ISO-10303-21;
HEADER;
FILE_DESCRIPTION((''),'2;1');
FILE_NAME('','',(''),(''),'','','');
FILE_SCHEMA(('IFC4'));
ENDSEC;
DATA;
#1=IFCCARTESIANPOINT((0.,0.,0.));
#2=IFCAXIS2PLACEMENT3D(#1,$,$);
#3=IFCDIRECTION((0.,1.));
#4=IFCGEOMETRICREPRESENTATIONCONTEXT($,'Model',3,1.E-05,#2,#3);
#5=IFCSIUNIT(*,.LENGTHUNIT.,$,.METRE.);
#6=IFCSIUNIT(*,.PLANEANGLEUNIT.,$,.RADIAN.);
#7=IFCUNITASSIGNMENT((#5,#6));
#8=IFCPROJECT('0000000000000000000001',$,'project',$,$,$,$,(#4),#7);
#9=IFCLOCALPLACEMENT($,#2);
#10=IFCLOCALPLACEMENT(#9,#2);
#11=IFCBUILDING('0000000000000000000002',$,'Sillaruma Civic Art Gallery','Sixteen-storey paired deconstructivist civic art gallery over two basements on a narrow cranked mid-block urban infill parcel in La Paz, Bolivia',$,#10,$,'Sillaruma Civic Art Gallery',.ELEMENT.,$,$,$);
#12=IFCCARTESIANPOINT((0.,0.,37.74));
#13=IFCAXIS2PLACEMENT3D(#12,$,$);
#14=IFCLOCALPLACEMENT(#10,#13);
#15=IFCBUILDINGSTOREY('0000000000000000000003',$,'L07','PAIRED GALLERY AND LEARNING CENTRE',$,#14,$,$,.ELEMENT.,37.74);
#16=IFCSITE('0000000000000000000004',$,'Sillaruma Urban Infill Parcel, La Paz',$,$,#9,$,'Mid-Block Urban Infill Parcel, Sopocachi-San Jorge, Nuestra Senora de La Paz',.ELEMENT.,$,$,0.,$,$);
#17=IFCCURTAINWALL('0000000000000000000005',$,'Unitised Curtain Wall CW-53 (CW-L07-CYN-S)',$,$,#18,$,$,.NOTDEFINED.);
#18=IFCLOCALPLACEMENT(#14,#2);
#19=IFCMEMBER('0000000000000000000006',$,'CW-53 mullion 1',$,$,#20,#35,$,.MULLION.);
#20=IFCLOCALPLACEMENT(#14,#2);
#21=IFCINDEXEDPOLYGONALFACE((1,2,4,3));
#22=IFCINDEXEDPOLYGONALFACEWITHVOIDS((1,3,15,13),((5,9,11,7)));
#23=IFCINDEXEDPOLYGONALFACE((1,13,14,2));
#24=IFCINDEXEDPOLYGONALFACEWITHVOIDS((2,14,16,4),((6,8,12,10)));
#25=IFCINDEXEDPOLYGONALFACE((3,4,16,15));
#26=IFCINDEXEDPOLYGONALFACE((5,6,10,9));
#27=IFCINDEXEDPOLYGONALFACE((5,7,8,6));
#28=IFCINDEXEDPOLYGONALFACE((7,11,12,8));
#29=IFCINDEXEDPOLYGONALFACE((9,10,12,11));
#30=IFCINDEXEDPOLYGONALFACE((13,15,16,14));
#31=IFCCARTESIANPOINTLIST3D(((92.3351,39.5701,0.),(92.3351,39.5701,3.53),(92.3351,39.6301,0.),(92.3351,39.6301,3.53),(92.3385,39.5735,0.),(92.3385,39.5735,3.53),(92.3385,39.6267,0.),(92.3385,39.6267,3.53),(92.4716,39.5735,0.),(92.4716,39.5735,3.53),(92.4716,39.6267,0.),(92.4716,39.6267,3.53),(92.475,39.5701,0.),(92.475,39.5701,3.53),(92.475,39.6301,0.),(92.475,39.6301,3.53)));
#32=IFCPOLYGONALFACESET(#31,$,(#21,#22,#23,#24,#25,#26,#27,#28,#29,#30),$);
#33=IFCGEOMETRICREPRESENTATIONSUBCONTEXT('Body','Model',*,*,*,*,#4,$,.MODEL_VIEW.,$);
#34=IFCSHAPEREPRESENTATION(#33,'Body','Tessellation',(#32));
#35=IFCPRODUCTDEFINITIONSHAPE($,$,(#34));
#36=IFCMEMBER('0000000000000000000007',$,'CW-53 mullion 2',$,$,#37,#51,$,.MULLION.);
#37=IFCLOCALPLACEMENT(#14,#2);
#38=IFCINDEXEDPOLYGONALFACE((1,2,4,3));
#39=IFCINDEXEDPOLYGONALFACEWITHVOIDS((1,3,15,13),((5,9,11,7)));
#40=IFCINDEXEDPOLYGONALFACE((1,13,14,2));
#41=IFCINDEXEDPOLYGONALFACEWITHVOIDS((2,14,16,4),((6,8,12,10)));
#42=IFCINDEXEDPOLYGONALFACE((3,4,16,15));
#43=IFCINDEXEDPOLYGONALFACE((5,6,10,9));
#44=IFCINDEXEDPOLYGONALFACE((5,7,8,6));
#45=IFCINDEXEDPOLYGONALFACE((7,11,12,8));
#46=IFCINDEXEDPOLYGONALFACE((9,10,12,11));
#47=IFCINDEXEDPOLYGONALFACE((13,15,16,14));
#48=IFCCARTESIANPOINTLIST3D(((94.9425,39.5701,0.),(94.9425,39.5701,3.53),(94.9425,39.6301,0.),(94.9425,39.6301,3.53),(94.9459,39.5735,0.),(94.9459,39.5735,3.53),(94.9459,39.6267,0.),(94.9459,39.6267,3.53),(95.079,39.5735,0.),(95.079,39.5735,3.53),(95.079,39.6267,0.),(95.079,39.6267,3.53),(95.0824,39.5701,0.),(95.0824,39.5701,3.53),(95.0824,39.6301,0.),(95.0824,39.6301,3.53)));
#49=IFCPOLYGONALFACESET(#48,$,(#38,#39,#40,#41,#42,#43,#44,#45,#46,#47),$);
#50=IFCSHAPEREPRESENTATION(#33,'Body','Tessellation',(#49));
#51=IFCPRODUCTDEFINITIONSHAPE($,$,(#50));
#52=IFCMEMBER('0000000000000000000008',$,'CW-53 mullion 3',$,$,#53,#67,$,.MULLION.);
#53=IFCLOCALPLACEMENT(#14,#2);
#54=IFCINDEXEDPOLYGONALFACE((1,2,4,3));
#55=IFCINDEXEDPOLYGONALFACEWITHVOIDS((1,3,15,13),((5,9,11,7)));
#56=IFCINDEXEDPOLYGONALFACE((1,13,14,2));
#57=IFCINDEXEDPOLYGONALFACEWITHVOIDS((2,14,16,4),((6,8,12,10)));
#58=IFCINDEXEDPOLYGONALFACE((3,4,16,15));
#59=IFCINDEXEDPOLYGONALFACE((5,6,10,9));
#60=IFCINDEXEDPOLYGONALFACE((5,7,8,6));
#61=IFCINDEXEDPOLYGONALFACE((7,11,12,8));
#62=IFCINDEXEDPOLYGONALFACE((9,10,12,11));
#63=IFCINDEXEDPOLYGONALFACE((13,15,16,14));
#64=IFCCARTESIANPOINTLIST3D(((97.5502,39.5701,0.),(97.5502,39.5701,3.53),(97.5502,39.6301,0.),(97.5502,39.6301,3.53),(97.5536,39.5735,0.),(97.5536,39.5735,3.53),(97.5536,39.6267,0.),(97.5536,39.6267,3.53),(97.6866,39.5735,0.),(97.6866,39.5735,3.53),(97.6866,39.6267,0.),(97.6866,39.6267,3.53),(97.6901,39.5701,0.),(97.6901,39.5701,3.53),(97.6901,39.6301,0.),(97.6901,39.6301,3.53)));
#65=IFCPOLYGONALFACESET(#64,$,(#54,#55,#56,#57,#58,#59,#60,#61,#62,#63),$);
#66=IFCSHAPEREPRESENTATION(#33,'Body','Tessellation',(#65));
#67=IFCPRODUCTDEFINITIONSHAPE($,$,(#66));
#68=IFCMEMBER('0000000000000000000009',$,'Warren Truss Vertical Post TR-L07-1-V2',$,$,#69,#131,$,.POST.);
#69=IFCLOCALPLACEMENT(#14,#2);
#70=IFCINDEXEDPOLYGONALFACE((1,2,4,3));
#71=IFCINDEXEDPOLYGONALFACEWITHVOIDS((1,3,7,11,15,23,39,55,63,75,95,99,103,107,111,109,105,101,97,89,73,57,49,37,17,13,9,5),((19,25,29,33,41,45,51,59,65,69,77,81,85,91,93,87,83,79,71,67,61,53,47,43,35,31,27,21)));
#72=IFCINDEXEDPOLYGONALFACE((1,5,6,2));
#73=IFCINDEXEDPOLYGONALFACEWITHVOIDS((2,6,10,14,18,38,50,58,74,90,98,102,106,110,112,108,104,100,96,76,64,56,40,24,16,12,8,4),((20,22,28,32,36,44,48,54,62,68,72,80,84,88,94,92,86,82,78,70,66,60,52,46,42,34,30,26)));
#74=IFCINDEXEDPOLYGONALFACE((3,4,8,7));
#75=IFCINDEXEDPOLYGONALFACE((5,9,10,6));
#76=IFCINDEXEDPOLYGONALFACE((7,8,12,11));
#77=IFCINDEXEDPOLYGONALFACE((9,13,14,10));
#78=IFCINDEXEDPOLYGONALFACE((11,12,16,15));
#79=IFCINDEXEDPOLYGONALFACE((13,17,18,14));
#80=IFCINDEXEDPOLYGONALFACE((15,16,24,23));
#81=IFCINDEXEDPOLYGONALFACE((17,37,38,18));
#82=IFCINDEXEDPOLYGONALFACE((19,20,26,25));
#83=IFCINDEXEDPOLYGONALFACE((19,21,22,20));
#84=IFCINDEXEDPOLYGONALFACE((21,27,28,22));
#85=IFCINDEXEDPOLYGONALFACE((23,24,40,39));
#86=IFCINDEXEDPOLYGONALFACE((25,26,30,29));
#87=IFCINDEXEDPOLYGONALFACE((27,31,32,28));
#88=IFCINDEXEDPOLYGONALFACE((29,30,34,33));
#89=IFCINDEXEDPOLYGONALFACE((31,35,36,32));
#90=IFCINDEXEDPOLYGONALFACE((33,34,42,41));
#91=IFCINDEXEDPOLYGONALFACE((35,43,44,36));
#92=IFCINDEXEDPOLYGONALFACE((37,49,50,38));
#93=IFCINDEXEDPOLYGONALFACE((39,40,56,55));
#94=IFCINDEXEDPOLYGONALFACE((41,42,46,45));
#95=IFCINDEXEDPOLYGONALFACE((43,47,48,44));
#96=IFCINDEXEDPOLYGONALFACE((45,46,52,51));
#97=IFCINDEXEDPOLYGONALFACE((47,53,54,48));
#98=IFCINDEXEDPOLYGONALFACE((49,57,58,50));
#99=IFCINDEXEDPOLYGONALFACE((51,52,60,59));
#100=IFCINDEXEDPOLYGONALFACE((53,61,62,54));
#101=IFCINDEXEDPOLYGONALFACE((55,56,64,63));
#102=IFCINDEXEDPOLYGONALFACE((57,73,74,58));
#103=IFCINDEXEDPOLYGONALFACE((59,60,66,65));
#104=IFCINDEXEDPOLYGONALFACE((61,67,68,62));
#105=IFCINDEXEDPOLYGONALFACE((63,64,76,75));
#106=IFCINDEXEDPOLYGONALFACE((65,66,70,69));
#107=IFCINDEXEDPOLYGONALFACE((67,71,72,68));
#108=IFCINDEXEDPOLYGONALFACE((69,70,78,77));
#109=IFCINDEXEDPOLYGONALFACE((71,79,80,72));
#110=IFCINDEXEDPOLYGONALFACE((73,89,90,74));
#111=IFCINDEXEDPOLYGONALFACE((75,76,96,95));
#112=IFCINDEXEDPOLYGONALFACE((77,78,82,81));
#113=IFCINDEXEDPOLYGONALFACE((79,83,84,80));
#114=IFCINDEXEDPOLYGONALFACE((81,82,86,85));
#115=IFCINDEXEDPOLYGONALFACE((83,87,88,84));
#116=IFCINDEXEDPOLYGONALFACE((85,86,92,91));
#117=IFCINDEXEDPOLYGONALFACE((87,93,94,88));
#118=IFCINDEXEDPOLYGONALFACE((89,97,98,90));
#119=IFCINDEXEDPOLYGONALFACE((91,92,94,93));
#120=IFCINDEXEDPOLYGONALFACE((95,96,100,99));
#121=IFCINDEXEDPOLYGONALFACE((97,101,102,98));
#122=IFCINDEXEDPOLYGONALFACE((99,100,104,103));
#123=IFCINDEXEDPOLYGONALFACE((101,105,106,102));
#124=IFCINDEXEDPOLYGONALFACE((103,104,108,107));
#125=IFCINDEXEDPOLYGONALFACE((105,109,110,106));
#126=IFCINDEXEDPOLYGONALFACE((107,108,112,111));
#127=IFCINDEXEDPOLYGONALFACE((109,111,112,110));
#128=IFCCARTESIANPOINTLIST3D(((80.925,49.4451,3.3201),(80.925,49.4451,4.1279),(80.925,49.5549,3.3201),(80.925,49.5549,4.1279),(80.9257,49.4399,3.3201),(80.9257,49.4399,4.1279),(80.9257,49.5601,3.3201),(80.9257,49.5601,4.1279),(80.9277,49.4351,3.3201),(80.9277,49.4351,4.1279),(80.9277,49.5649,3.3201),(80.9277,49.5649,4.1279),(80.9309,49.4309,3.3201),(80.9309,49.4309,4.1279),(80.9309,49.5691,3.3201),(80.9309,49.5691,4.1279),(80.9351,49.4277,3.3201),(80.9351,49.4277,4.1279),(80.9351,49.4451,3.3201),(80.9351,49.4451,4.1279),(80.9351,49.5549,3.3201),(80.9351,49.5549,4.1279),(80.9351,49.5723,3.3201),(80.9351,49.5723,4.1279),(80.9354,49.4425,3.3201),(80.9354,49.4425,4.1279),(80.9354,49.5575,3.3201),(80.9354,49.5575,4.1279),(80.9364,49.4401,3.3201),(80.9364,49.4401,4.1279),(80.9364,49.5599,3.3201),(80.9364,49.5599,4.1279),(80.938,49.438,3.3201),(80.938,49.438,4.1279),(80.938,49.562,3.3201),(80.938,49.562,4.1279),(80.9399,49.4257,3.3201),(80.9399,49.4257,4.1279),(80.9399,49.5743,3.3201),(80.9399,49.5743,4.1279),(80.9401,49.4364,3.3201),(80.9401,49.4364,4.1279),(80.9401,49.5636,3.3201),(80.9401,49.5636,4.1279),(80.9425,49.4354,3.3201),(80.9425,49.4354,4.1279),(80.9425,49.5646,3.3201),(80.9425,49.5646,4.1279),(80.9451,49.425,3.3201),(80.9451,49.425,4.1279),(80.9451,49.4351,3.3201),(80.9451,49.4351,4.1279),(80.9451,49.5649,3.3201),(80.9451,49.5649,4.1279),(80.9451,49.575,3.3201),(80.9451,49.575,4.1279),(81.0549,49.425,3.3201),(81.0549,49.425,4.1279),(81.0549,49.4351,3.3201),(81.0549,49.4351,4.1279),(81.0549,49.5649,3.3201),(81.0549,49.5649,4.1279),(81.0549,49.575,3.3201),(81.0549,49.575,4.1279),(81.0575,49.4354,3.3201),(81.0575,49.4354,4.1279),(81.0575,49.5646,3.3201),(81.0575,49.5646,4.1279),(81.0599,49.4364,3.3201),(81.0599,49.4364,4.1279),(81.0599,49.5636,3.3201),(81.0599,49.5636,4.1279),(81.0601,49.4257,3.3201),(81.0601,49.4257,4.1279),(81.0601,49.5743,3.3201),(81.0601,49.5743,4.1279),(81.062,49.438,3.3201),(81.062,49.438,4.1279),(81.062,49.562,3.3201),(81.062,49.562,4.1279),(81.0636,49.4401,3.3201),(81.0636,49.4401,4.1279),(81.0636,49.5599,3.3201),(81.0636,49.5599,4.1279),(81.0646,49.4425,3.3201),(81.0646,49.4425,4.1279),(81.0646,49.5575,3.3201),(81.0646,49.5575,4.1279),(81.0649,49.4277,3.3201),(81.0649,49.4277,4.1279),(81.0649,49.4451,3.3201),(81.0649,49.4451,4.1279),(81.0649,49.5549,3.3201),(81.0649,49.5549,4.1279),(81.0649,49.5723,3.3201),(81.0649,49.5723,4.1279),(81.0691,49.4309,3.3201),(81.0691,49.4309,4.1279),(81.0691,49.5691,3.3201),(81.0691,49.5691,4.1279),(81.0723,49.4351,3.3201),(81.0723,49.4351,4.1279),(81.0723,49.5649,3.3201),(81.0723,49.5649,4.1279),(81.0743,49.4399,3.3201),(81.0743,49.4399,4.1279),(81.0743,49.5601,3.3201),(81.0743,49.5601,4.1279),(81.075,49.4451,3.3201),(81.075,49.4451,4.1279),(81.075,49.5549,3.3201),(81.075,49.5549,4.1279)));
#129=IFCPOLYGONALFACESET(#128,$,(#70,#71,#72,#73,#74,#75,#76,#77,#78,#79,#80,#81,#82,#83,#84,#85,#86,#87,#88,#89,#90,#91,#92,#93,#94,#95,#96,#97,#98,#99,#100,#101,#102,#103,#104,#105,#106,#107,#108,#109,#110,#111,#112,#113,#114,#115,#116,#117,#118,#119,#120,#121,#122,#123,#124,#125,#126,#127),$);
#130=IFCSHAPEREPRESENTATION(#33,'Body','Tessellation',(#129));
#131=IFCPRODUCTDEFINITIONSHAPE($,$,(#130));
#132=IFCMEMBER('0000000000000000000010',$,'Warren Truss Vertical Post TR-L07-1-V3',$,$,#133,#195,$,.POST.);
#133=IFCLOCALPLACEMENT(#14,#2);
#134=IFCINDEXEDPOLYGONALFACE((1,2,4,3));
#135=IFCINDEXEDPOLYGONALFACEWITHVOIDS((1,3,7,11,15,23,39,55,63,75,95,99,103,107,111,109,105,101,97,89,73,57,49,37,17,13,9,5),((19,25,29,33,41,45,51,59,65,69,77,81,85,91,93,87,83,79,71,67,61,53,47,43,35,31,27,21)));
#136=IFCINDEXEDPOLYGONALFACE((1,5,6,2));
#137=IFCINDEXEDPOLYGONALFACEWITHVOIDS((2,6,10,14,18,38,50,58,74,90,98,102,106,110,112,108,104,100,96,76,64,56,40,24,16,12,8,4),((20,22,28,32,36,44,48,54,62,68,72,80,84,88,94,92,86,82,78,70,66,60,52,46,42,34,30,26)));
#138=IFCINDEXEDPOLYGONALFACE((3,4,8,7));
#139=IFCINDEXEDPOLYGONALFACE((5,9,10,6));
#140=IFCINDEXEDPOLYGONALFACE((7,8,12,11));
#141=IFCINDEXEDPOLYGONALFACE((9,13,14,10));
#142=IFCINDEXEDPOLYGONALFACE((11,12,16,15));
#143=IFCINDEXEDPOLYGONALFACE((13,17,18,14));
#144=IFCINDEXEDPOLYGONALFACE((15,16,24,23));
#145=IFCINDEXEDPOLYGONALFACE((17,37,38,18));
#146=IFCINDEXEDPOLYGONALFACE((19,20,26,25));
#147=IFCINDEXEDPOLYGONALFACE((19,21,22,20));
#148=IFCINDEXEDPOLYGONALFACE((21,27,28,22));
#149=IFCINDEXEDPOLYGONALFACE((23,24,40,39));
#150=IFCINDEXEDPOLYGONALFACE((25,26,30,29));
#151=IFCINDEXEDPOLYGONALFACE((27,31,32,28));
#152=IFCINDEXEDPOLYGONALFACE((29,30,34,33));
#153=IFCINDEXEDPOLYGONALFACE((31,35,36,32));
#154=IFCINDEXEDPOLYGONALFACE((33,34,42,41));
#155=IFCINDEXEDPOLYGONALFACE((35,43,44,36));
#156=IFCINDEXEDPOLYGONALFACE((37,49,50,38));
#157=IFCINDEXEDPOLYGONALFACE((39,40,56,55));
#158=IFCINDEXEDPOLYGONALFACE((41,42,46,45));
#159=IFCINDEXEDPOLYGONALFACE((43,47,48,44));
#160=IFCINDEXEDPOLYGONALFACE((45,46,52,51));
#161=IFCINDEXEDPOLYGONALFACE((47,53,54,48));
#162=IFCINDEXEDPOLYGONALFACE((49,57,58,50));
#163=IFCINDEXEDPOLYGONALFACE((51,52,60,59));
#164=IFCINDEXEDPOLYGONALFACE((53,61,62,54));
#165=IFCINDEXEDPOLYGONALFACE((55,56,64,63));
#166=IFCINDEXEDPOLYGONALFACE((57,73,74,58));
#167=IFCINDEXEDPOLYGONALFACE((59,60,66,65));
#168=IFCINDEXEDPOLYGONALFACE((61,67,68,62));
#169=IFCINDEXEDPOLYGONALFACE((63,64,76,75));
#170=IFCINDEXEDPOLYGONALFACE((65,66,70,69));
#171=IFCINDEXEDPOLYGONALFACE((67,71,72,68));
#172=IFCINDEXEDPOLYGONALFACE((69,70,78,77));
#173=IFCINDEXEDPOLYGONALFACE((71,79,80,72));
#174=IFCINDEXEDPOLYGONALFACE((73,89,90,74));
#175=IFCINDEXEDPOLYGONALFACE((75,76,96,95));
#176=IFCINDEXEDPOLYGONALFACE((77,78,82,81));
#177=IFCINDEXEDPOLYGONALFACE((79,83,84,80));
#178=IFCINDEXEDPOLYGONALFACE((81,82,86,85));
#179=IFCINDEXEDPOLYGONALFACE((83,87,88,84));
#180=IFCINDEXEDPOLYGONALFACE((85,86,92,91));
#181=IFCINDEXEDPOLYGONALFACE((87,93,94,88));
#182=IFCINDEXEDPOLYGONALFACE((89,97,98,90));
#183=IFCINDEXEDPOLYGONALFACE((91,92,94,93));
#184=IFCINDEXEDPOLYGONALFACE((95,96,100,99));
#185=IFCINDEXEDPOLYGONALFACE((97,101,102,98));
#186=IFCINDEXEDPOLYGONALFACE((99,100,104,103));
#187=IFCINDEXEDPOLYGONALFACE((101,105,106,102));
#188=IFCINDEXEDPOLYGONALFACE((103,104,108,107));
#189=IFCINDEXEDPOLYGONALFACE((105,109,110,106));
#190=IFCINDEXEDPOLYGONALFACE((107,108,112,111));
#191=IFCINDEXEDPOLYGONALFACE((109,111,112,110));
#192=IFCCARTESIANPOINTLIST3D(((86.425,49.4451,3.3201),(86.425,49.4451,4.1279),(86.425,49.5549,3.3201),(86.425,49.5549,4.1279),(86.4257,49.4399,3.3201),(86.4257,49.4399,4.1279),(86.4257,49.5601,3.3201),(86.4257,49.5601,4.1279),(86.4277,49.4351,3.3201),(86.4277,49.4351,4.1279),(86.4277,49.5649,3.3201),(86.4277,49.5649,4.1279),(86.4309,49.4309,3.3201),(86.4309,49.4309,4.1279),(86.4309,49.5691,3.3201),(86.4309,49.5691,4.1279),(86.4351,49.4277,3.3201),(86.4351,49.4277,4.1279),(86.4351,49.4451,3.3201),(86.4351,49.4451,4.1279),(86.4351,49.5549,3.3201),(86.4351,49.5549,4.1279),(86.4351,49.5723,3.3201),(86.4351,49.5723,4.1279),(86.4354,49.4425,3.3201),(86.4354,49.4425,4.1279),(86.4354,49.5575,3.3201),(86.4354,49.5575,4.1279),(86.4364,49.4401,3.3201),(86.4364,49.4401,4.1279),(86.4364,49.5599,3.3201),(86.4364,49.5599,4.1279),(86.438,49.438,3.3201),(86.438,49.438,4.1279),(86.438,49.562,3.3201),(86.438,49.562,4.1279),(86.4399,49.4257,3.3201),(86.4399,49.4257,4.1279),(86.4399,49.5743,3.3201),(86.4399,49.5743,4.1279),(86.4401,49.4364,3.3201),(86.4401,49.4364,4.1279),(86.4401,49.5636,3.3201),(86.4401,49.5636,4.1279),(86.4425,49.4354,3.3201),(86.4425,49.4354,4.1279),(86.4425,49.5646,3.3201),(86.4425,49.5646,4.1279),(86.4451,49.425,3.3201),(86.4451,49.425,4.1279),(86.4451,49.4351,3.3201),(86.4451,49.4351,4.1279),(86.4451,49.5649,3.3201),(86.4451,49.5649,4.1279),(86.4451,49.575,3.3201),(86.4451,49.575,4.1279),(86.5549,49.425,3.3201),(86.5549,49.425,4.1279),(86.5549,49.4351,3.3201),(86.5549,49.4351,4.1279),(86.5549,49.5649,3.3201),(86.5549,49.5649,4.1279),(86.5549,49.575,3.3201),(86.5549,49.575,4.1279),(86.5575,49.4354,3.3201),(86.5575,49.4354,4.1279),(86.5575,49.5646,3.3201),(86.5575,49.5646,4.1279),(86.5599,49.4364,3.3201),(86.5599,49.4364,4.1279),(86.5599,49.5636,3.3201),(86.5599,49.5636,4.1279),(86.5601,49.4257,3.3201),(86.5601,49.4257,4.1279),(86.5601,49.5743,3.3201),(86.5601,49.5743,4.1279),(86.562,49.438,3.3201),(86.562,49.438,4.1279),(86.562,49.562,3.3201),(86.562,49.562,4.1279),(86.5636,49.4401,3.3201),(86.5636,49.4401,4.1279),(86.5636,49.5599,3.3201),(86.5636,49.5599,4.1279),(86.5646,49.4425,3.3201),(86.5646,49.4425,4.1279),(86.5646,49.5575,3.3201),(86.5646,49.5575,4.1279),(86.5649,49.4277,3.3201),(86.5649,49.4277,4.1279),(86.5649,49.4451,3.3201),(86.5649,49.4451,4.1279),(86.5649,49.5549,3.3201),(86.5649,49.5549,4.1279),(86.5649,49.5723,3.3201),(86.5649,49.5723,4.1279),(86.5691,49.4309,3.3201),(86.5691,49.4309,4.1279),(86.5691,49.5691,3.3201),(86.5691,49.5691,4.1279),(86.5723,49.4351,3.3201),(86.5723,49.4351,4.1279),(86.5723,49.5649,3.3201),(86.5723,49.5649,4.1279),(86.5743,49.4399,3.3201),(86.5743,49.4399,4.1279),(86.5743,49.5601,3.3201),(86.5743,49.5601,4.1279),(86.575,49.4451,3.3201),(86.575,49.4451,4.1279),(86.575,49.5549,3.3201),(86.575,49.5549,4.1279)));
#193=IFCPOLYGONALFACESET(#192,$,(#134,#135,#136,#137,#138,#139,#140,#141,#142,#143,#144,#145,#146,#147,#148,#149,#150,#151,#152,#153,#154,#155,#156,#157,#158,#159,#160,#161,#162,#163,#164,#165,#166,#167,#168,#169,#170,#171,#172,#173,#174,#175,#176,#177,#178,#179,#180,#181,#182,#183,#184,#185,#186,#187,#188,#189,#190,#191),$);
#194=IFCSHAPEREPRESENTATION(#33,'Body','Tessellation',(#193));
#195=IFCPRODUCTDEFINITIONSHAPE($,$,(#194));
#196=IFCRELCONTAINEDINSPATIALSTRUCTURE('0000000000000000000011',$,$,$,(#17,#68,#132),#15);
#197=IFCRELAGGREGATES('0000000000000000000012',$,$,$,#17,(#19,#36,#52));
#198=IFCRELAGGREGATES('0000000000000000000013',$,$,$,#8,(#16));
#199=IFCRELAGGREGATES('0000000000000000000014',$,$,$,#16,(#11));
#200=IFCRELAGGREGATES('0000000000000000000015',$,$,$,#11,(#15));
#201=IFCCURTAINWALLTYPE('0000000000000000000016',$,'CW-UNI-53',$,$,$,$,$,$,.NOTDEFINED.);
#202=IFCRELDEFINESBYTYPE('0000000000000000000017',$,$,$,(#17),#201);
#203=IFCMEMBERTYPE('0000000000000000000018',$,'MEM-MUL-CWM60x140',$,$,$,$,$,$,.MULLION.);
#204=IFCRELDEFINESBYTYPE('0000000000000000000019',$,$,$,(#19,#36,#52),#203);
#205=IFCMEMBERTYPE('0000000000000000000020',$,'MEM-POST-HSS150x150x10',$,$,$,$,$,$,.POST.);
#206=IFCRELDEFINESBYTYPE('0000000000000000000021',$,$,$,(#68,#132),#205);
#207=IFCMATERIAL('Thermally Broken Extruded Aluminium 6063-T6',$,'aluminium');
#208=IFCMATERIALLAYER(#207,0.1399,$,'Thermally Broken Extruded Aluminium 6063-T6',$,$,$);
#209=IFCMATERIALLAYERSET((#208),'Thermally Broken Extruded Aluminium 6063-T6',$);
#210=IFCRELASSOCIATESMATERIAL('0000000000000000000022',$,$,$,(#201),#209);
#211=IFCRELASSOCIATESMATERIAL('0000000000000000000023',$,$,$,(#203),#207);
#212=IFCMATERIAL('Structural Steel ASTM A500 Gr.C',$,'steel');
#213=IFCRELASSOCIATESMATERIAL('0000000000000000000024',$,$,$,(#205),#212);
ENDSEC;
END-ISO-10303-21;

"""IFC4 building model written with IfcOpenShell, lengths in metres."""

from ifc_helpers import new_model, si_unit, direction, frame, origin, origin_2d, place, context, subcontext, project, spatial, hollow_rectangle, extrude, material, layer, layer_set, material_profile, profile_set, type_object, element, aggregate, save


model = new_model("IFC4")

# Units and contexts
model_context = context("Model", 3, precision=1e-05, world=origin(), true_north=direction((0.0, 1.0)))
body_context = subcontext(model_context, "Body", "Model", "MODEL_VIEW")
ifc_project = project(units=[si_unit("LENGTHUNIT", "METRE"), si_unit("PLANEANGLEUNIT", "RADIAN")], contexts=[model_context])

# Site, building, storey
site_placement = place(None, origin())
site = spatial("IfcSite", under=ifc_project, at=site_placement, Name="Sillaruma Urban Infill Parcel, La Paz", LongName="Mid-Block Urban Infill Parcel, Sopocachi-San Jorge, Nuestra Senora de La Paz", CompositionType="ELEMENT", RefElevation=0.0)
building_placement = place(site_placement, origin())
building = spatial("IfcBuilding", under=site, at=building_placement, Name="Sillaruma Civic Art Gallery", Description="Sixteen-storey paired deconstructivist civic art gallery over two basements on a narrow cranked mid-block urban infill parcel in La Paz, Bolivia", LongName="Sillaruma Civic Art Gallery", CompositionType="ELEMENT")
storey_placement = place(building_placement, frame((0.0, 0.0, 37.74)))
storey = spatial("IfcBuildingStorey", under=building, at=storey_placement, Name="L07", Description="PAIRED GALLERY AND LEARNING CENTRE", CompositionType="ELEMENT", Elevation=37.74)

# Shared definitions
ifc_material_1 = material(Name="Structural Steel ASTM A500 Gr.C", Category="steel")

# Curtain wall, members
ifc_material_2 = material(Name="Thermally Broken Extruded Aluminium 6063-T6", Category="aluminium")
ifc_layer_1 = layer(ifc_material_2, 0.1399, Name="Thermally Broken Extruded Aluminium 6063-T6")
ifc_layer_set_1 = layer_set([ifc_layer_1], Name="Thermally Broken Extruded Aluminium 6063-T6")
curtain_wall_type = type_object("IfcCurtainWallType", Name="CW-UNI-53", PredefinedType="NOTDEFINED", material=ifc_layer_set_1)
curtain_wall_placement = place(storey_placement, origin())
curtain_wall = element("IfcCurtainWall", 1, at=curtain_wall_placement, inside=storey, type_object=curtain_wall_type, Name="Unitised Curtain Wall CW-53 (CW-L07-CYN-S)", PredefinedType="NOTDEFINED")
ifc_material_profile_1 = material_profile(ifc_material_2, hollow_rectangle(XDim=0.0601, YDim=0.1399, WallThickness=0.0034, at=origin_2d()), Name="CWM60x140")
ifc_profile_set_1 = profile_set([ifc_material_profile_1], Name="Thermally Broken Extruded Aluminium 6063-T6")
member_type_1 = type_object("IfcMemberType", Name="MEM-MUL-CWM60x140", PredefinedType="MULLION", material=ifc_profile_set_1)
member_1_placement = place(storey_placement, frame((92.405, 39.6001, 0.0), z_axis=(0.0, 0.0, 1.0), x_axis=(0.0, 1.0, 0.0)))
member_1 = element("IfcMember", 2, at=member_1_placement, type_object=member_type_1, Name="CW-53 mullion 1", PredefinedType="MULLION", context=body_context, shape_type="SweptSolid", body=[
    extrude(hollow_rectangle(XDim=0.0601, YDim=0.1399, WallThickness=0.0034, at=origin_2d()), origin(), (0.0, 0.0, 1.0), 3.53),
])
member_2_placement = place(storey_placement, frame((95.0125, 39.6001, 0.0), z_axis=(0.0, 0.0, 1.0), x_axis=(0.0, 1.0, 0.0)))
member_2 = element("IfcMember", 3, at=member_2_placement, type_object=member_type_1, Name="CW-53 mullion 2", PredefinedType="MULLION", context=body_context, shape_type="SweptSolid", body=[
    extrude(hollow_rectangle(XDim=0.0601, YDim=0.1399, WallThickness=0.0034, at=origin_2d()), origin(), (0.0, 0.0, 1.0), 3.53),
])
member_3_placement = place(storey_placement, frame((97.6201, 39.6001, 0.0), z_axis=(0.0, 0.0, 1.0), x_axis=(0.0, 1.0, 0.0)))
member_3 = element("IfcMember", 4, at=member_3_placement, type_object=member_type_1, Name="CW-53 mullion 3", PredefinedType="MULLION", context=body_context, shape_type="SweptSolid", body=[
    extrude(hollow_rectangle(XDim=0.0601, YDim=0.1399, WallThickness=0.0034, at=origin_2d()), origin(), (0.0, 0.0, 1.0), 3.53),
])

# Members
ifc_material_profile_2 = material_profile(ifc_material_1, hollow_rectangle(XDim=0.1499, YDim=0.1499, WallThickness=0.01, InnerFilletRadius=0.01, OuterFilletRadius=0.02, at=origin_2d()), Name="HSS150x150x10")
ifc_profile_set_2 = profile_set([ifc_material_profile_2], Name="Structural Steel ASTM A500 Gr.C")
member_type_2 = type_object("IfcMemberType", Name="MEM-POST-HSS150x150x10", PredefinedType="POST", material=ifc_profile_set_2)
for number, where, z_axis, x_axis, name in (
    (5, (81.0, 49.5, 3.3201), (0.0, 0.0, 1.0), (1.0, 0.0, 0.0), "Warren Truss Vertical Post TR-L07-1-V2"),
    (6, (86.5, 49.5, 3.3201), (0.0, 0.0, 1.0), (1.0, 0.0, 0.0), "Warren Truss Vertical Post TR-L07-1-V3"),
):
    element("IfcMember", number, at=place(storey_placement, frame(where, z_axis=z_axis, x_axis=x_axis)), inside=storey, type_object=member_type_2, Name=name, PredefinedType="POST", context=body_context, shape_type="SweptSolid", body=[
        extrude(hollow_rectangle(XDim=0.1499, YDim=0.1499, WallThickness=0.01, InnerFilletRadius=0.01, OuterFilletRadius=0.02, at=origin_2d()), origin(), (0.0, 0.0, 1.0), 0.8079),
    ])

aggregate(curtain_wall, [member_1, member_2, member_3])

save(model, "model.ifc")
